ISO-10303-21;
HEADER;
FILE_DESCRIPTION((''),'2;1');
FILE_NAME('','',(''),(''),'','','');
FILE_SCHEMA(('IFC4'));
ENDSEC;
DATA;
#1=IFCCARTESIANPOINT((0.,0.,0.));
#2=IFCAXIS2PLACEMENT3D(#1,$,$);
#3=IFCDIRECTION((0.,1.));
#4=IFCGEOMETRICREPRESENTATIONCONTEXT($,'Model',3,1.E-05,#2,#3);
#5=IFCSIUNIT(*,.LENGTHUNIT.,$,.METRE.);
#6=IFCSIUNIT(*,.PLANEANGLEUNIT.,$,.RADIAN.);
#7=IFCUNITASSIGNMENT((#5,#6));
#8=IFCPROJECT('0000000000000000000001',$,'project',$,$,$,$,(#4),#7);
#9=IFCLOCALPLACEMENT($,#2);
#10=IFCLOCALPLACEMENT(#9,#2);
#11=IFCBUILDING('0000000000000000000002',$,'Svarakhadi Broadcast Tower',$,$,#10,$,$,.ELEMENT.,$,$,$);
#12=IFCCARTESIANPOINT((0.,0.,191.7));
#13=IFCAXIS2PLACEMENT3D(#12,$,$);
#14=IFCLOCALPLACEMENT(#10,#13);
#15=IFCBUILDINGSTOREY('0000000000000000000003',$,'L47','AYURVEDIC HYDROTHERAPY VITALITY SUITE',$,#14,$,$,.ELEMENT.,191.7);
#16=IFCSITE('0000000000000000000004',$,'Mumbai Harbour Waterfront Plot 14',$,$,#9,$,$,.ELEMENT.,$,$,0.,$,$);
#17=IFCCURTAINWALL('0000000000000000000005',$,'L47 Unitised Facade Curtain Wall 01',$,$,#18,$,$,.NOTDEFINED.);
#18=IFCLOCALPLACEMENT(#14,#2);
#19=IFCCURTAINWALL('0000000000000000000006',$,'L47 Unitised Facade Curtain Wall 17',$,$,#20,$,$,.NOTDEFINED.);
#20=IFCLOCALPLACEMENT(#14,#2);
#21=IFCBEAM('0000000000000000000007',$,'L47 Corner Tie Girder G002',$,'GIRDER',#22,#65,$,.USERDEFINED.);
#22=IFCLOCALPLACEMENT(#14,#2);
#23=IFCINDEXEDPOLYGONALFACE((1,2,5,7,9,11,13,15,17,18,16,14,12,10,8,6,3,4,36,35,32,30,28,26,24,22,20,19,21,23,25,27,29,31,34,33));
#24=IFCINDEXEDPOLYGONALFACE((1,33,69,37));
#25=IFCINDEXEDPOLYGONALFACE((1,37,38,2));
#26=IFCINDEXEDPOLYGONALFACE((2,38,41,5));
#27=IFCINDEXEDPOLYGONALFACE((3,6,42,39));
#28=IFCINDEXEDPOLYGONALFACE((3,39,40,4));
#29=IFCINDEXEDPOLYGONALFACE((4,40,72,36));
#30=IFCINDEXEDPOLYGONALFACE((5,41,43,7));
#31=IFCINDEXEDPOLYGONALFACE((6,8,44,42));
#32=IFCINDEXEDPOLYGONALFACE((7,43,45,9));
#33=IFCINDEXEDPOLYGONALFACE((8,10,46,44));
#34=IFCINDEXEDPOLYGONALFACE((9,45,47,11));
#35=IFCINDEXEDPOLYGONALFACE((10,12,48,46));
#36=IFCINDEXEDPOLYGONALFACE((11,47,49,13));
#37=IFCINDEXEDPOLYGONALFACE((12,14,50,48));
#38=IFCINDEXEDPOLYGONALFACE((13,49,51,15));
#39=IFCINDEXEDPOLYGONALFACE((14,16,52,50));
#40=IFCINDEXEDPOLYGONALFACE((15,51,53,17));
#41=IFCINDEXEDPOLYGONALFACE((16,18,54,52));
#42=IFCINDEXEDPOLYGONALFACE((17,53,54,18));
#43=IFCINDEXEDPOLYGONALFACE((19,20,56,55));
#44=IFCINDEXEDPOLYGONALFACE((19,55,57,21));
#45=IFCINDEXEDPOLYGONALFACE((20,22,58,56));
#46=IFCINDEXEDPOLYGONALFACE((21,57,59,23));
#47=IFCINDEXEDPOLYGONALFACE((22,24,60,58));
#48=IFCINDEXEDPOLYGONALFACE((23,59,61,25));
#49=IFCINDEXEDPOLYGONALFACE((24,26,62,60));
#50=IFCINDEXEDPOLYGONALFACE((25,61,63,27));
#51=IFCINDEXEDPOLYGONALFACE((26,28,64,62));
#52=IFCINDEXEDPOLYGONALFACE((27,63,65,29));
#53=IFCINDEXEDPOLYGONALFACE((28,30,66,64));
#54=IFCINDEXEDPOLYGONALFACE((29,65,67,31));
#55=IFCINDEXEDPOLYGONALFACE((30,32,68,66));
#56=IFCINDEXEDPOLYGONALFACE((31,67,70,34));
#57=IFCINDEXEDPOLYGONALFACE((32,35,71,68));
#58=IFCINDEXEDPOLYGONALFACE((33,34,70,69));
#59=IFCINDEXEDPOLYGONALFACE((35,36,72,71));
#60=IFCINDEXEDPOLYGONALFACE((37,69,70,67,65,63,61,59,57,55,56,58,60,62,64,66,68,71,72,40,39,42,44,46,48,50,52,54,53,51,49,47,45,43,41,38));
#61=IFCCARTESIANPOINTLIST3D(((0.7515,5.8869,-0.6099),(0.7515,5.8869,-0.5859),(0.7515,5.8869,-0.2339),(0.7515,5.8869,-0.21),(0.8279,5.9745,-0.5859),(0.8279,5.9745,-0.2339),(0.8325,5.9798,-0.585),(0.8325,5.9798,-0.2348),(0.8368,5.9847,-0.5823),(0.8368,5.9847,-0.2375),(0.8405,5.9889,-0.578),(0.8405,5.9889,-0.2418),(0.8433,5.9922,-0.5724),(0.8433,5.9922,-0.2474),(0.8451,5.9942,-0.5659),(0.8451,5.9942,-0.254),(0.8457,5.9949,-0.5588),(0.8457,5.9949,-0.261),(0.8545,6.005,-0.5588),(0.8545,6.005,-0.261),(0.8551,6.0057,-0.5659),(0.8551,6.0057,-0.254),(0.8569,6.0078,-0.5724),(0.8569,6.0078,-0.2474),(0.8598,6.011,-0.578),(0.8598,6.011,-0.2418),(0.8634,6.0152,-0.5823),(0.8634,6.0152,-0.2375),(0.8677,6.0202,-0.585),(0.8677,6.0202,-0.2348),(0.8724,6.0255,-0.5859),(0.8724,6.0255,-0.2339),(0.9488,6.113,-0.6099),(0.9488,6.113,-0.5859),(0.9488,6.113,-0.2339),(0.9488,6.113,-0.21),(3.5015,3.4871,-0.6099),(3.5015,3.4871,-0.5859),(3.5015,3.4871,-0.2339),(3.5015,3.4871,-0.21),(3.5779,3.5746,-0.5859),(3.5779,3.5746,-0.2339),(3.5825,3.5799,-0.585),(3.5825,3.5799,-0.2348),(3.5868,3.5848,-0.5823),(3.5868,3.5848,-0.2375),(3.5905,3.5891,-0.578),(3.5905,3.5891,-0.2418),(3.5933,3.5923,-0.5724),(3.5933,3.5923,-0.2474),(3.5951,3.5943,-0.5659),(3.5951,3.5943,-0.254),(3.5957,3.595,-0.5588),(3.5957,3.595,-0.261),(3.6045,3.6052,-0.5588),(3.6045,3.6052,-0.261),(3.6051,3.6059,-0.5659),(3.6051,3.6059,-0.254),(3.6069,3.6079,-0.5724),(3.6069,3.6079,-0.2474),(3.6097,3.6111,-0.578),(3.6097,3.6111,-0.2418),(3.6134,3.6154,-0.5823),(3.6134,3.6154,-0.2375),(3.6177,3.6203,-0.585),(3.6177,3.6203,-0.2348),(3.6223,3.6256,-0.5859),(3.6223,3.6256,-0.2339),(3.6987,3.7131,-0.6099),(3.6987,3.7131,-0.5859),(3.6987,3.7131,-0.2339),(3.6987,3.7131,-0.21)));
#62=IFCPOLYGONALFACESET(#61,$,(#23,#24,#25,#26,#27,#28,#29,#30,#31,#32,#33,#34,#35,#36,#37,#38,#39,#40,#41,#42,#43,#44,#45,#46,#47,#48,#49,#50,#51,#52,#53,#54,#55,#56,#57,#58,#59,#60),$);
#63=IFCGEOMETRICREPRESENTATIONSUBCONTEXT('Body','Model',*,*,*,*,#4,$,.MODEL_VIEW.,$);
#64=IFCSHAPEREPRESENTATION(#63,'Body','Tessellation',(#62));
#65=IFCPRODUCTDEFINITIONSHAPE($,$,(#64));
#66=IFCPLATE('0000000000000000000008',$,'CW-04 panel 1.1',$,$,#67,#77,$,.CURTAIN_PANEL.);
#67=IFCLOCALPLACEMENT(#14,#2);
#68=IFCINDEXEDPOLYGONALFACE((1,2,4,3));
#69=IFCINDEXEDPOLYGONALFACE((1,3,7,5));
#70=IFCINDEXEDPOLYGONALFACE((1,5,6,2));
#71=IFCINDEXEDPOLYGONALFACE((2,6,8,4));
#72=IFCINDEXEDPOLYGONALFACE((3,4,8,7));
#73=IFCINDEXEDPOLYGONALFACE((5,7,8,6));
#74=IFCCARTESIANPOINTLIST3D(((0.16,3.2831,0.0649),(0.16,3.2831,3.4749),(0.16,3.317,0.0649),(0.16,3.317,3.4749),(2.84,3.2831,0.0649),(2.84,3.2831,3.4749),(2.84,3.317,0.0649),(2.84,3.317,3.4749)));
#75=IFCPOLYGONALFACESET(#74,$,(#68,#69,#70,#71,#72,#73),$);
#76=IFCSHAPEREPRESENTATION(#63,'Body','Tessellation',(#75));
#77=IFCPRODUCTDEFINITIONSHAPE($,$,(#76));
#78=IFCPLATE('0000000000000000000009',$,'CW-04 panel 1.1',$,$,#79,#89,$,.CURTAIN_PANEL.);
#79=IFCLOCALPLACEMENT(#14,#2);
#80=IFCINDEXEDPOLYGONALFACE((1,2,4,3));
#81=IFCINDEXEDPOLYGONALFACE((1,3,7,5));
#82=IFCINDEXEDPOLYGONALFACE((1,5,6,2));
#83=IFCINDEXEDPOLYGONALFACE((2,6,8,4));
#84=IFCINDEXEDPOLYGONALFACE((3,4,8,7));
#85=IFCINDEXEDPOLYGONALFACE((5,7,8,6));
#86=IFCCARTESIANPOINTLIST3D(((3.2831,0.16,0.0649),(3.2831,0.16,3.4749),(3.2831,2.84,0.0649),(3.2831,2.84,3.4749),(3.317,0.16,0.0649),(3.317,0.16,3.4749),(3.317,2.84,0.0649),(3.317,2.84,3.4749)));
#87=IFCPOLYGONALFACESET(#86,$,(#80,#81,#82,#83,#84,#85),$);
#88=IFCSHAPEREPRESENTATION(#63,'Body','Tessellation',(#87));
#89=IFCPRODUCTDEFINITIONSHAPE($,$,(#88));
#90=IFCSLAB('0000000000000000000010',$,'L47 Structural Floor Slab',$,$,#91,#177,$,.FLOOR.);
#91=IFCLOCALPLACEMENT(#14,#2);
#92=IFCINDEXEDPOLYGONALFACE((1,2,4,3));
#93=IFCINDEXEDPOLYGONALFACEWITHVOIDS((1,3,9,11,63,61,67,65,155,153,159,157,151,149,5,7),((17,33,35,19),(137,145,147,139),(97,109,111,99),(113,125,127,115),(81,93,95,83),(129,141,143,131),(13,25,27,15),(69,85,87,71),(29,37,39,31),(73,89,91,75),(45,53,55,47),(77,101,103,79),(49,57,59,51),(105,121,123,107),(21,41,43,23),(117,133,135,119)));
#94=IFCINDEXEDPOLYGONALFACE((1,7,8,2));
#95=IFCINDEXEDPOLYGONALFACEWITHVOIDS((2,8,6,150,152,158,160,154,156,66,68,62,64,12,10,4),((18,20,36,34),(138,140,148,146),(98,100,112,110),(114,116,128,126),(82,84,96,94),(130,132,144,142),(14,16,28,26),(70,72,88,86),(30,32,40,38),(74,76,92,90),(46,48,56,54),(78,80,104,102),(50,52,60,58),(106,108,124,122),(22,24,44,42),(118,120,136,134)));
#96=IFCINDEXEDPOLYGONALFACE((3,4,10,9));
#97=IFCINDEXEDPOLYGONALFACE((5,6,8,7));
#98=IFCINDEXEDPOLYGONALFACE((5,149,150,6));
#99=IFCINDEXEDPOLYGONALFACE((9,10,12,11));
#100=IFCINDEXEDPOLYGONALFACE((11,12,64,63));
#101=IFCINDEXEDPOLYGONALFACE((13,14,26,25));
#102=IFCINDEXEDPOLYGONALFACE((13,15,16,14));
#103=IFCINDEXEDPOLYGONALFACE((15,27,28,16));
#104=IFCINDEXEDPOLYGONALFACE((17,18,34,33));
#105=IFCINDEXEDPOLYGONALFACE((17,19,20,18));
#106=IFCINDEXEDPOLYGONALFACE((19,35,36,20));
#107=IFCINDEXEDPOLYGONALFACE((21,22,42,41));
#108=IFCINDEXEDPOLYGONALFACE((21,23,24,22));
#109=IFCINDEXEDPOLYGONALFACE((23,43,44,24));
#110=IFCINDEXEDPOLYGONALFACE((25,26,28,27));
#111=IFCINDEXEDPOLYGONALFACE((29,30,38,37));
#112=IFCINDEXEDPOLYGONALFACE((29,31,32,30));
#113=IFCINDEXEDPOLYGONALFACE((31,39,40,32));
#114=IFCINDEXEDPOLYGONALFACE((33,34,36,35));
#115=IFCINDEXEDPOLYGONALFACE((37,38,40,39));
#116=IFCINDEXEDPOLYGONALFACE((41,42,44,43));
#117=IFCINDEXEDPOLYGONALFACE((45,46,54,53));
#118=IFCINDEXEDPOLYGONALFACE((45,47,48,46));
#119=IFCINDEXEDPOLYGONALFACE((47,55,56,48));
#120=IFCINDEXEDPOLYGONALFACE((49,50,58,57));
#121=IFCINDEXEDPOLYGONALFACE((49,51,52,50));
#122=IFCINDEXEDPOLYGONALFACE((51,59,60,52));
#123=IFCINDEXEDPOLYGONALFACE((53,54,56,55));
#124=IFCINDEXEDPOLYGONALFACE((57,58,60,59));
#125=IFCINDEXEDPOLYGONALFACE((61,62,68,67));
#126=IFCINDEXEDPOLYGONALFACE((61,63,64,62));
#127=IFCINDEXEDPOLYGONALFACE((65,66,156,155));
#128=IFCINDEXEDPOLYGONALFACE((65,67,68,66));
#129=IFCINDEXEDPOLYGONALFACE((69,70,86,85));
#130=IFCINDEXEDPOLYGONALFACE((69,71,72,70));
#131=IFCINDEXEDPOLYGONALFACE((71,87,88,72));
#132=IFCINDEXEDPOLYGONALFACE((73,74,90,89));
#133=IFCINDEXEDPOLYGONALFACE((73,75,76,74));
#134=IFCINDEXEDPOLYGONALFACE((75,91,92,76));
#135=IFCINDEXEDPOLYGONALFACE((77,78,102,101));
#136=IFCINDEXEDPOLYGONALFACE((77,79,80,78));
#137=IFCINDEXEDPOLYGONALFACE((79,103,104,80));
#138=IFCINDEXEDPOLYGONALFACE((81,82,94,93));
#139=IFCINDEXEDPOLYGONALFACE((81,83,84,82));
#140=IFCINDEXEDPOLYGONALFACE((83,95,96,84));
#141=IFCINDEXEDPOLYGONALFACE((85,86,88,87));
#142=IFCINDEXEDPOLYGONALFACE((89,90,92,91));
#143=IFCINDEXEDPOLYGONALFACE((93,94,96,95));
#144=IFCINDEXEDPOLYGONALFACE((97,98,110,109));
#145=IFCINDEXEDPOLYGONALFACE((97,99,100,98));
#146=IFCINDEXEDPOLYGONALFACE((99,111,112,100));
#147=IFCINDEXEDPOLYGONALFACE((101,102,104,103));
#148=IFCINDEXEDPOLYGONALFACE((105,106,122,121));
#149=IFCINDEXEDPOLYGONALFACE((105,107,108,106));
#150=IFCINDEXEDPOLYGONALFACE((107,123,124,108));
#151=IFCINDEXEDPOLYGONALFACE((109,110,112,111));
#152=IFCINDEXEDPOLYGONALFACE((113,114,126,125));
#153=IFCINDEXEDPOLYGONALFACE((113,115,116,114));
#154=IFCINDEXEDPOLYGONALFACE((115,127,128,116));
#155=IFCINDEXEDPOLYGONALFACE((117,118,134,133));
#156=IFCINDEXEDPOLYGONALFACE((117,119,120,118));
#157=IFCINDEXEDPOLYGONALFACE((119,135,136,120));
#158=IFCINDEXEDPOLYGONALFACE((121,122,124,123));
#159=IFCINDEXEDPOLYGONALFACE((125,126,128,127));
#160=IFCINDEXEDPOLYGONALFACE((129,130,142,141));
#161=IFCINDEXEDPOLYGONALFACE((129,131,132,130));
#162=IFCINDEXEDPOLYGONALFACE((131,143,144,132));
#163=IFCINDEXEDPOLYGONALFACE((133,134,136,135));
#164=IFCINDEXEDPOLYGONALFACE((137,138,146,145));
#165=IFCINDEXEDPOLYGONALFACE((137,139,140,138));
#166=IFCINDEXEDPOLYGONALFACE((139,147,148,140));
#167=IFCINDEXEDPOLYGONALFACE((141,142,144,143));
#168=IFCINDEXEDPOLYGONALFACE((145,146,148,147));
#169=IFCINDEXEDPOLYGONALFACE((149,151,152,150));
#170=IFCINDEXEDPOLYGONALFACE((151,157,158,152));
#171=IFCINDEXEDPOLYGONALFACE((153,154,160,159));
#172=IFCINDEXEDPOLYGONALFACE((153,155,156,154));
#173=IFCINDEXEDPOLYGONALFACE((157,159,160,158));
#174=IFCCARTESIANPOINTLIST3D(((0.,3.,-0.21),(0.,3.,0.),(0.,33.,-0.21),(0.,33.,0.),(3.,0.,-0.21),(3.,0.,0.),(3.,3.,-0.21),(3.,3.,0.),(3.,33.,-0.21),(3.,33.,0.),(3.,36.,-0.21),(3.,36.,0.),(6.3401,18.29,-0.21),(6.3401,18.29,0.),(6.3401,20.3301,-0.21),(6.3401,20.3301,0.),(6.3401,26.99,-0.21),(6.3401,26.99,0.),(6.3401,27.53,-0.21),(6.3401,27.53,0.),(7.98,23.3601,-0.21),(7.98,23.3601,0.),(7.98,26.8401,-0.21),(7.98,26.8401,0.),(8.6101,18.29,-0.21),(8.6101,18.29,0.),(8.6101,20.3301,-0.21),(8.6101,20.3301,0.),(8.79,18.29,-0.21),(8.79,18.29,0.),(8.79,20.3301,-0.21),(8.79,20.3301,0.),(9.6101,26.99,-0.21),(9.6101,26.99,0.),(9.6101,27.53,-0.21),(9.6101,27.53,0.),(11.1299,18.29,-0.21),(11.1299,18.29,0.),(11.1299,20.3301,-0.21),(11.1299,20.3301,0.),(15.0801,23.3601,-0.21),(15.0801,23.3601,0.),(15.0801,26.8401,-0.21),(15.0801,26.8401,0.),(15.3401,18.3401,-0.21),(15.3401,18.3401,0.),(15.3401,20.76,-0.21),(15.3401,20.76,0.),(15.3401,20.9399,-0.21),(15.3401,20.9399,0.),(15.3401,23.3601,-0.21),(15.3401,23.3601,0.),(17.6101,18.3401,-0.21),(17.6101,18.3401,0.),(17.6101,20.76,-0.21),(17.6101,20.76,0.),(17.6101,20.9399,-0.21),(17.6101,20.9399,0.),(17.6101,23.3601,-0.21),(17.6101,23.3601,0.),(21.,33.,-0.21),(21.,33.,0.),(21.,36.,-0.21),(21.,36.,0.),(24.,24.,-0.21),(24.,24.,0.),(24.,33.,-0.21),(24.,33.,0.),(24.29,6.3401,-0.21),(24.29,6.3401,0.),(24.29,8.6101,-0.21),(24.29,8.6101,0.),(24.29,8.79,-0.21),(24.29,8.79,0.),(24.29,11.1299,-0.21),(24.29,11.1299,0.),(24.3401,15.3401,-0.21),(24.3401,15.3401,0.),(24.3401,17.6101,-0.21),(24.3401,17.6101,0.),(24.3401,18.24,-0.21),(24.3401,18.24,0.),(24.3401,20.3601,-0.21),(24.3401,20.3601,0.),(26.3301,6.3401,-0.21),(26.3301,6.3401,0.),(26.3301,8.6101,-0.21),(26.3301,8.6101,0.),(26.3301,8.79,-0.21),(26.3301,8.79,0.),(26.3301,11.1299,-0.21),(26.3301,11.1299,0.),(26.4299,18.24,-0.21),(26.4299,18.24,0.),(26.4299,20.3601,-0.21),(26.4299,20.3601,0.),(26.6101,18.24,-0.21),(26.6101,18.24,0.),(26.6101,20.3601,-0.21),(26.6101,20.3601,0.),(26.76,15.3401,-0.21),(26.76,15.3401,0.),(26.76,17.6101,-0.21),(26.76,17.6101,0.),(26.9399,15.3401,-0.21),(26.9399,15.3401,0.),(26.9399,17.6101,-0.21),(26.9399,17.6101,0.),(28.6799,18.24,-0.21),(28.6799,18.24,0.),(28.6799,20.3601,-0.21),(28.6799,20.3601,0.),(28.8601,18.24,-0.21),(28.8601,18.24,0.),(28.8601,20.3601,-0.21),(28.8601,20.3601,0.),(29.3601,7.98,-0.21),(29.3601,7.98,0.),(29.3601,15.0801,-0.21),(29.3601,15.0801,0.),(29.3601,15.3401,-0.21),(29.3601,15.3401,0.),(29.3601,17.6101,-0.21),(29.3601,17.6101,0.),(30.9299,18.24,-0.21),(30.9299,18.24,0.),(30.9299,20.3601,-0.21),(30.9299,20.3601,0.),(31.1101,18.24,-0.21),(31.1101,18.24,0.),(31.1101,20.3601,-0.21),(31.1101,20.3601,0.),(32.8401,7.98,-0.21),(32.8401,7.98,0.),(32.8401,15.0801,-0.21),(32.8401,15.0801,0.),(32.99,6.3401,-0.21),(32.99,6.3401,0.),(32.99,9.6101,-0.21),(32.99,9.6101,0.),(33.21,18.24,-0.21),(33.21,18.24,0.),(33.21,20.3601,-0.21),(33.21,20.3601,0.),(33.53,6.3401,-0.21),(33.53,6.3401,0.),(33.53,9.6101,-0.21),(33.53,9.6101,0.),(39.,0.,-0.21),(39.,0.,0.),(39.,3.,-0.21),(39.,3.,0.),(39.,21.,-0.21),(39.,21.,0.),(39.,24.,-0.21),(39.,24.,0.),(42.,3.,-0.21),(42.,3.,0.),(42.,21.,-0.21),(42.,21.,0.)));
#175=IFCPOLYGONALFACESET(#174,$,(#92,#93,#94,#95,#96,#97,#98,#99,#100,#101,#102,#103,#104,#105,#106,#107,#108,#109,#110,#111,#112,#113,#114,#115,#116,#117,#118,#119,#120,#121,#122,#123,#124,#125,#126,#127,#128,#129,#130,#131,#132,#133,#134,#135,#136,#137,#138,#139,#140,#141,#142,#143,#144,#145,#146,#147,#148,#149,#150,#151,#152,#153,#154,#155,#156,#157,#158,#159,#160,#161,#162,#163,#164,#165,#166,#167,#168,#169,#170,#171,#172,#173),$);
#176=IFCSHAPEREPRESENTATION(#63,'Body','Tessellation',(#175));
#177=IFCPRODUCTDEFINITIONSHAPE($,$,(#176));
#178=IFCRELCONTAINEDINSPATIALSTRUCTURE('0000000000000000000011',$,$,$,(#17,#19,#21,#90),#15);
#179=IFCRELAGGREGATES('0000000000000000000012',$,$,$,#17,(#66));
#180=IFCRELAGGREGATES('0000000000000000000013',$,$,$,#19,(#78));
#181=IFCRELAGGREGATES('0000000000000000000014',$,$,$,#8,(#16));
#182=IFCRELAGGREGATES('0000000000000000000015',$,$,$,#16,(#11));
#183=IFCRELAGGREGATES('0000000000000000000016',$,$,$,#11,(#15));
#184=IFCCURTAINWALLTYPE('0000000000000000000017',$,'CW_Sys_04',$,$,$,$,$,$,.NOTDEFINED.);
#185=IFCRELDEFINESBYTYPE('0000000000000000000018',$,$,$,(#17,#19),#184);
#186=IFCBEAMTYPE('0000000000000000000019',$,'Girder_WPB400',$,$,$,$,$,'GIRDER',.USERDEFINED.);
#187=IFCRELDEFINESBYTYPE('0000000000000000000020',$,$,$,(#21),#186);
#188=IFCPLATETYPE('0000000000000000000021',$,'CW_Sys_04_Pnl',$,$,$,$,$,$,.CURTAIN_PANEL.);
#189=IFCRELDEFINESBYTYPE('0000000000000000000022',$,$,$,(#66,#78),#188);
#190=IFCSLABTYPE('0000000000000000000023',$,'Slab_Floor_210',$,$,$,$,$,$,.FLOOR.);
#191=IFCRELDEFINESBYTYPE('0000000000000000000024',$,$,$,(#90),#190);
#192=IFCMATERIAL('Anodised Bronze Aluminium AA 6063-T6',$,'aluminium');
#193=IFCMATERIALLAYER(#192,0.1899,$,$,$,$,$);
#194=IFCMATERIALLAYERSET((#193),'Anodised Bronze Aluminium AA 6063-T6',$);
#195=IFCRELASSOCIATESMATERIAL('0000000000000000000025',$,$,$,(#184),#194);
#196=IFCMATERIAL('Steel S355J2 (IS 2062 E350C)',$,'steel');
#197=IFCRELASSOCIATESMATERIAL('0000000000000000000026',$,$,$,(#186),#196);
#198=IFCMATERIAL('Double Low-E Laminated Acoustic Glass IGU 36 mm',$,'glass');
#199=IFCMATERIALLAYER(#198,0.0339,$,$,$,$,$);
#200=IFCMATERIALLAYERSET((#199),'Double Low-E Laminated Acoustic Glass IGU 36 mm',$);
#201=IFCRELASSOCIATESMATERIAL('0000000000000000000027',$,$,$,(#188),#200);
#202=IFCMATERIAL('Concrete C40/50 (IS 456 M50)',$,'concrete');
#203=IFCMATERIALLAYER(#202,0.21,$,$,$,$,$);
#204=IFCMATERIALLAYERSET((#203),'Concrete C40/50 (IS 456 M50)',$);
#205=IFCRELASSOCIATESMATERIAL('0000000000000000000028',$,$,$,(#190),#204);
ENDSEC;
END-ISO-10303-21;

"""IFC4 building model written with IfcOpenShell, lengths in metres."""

from ifc_helpers import new_model, si_unit, direction, frame, origin, origin_2d, place, context, subcontext, project, spatial, polyline, rectangle, i_section, outline, extrude, material, layer, layer_set, material_profile, profile_set, type_object, element, aggregate, save


model = new_model("IFC4")

# Units and contexts
model_context = context("Model", 3, precision=1e-05, world=origin(), true_north=direction((0.0, 1.0)))
body_context = subcontext(model_context, "Body", "Model", "MODEL_VIEW")
ifc_project = project(units=[si_unit("LENGTHUNIT", "METRE"), si_unit("PLANEANGLEUNIT", "RADIAN")], contexts=[model_context])

# Site, building, storey
site_placement = place(None, origin())
site = spatial("IfcSite", under=ifc_project, at=site_placement, Name="Mumbai Harbour Waterfront Plot 14", CompositionType="ELEMENT", RefElevation=0.0)
building_placement = place(site_placement, origin())
building = spatial("IfcBuilding", under=site, at=building_placement, Name="Svarakhadi Broadcast Tower", CompositionType="ELEMENT")
storey_placement = place(building_placement, frame((0.0, 0.0, 191.7)))
storey = spatial("IfcBuildingStorey", under=building, at=storey_placement, Name="L47", Description="AYURVEDIC HYDROTHERAPY VITALITY SUITE", CompositionType="ELEMENT", Elevation=191.7)

# Curtain wall
ifc_material_1 = material(Name="Anodised Bronze Aluminium AA 6063-T6", Category="aluminium")
ifc_layer_1 = layer(ifc_material_1, 0.1899)
ifc_layer_set_1 = layer_set([ifc_layer_1], Name="Anodised Bronze Aluminium AA 6063-T6")
curtain_wall_type = type_object("IfcCurtainWallType", Name="CW_Sys_04", PredefinedType="NOTDEFINED", material=ifc_layer_set_1)
curtain_wall_1_placement = place(storey_placement, origin())
curtain_wall_1 = element("IfcCurtainWall", 1, at=curtain_wall_1_placement, inside=storey, type_object=curtain_wall_type, Name="L47 Unitised Facade Curtain Wall 01", PredefinedType="NOTDEFINED")

# Curtain wall
curtain_wall_2_placement = place(storey_placement, origin())
curtain_wall_2 = element("IfcCurtainWall", 2, at=curtain_wall_2_placement, inside=storey, type_object=curtain_wall_type, Name="L47 Unitised Facade Curtain Wall 17", PredefinedType="NOTDEFINED")

# Beam
ifc_material_2 = material(Name="Steel S355J2 (IS 2062 E350C)", Category="steel")
ifc_material_profile_1 = material_profile(ifc_material_2, i_section(OverallWidth=0.3, OverallDepth=0.3999, WebThickness=0.0134, FlangeThickness=0.0239, FilletRadius=0.0271, at=origin_2d()), Name="WPB 400x300x155")
ifc_profile_set_1 = profile_set([ifc_material_profile_1], Name="Steel S355J2 (IS 2062 E350C)")
beam_type = type_object("IfcBeamType", Name="Girder_WPB400", ElementType="GIRDER", PredefinedType="USERDEFINED", material=ifc_profile_set_1)
beam_1_placement = place(storey_placement, frame((3.6001, 3.6001, -0.4099), z_axis=(-0.753438, 0.657519, 0.0), x_axis=(-0.657519, -0.753438, 0.0)))
element("IfcBeam", 3, at=beam_1_placement, inside=storey, type_object=beam_type, Name="L47 Corner Tie Girder G002", ObjectType="GIRDER", PredefinedType="USERDEFINED", context=body_context, shape_type="SweptSolid", body=[
    extrude(i_section(OverallWidth=0.3, OverallDepth=0.3999, WebThickness=0.0134, FlangeThickness=0.0239, FilletRadius=0.0271, at=origin_2d()), origin(), (0.0, 0.0, 1.0), 3.6499),
])

# Plates
ifc_material_3 = material(Name="Double Low-E Laminated Acoustic Glass IGU 36 mm", Category="glass")
ifc_layer_2 = layer(ifc_material_3, 0.0339)
ifc_layer_set_2 = layer_set([ifc_layer_2], Name="Double Low-E Laminated Acoustic Glass IGU 36 mm")
plate_type = type_object("IfcPlateType", Name="CW_Sys_04_Pnl", PredefinedType="CURTAIN_PANEL", material=ifc_layer_set_2)
plate_1_placement = place(storey_placement, frame((1.5, 3.3, 0.0649), z_axis=(0.0, 0.0, 1.0), x_axis=(-1.0, 0.0, 0.0)))
plate_1 = element("IfcPlate", 4, at=plate_1_placement, type_object=plate_type, Name="CW-04 panel 1.1", PredefinedType="CURTAIN_PANEL", context=body_context, shape_type="SweptSolid", body=[
    extrude(rectangle(XDim=2.6799, YDim=0.0339, at=origin_2d()), origin(), (0.0, 0.0, 1.0), 3.4099),
])
aggregate(curtain_wall_1, [plate_1])
plate_2_placement = place(storey_placement, frame((3.3, 1.5, 0.0649), z_axis=(0.0, 0.0, 1.0), x_axis=(0.0, 1.0, 0.0)))
plate_2 = element("IfcPlate", 5, at=plate_2_placement, type_object=plate_type, Name="CW-04 panel 1.1", PredefinedType="CURTAIN_PANEL", context=body_context, shape_type="SweptSolid", body=[
    extrude(rectangle(XDim=2.6799, YDim=0.0339, at=origin_2d()), origin(), (0.0, 0.0, 1.0), 3.4099),
])
aggregate(curtain_wall_2, [plate_2])

# Slab
ifc_material_4 = material(Name="Concrete C40/50 (IS 456 M50)", Category="concrete")
ifc_layer_3 = layer(ifc_material_4, 0.21)
ifc_layer_set_3 = layer_set([ifc_layer_3], Name="Concrete C40/50 (IS 456 M50)")
slab_type_1 = type_object("IfcSlabType", Name="Slab_Floor_210", PredefinedType="FLOOR", material=ifc_layer_set_3)
slab_1_placement = place(storey_placement, frame((0.0, 0.0, -0.21)))
element("IfcSlab", 6, at=slab_1_placement, inside=storey, type_object=slab_type_1, Name="L47 Structural Floor Slab", PredefinedType="FLOOR", context=body_context, shape_type="SweptSolid", body=[
    extrude(outline(polyline([(3.0, 0.0), (39.0, 0.0), (39.0, 3.0), (42.0, 3.0), (42.0, 21.0), (39.0, 21.0), (39.0, 24.0), (24.0, 24.0), (24.0, 33.0), (21.0, 33.0), (21.0, 36.0), (3.0, 36.0), (3.0, 33.0), (0.0, 33.0), (0.0, 3.0), (3.0, 3.0), (3.0, 0.0)]), holes=[polyline([(7.98, 23.3601), (15.0801, 23.3601), (15.0801, 26.8401), (7.98, 26.8401), (7.98, 23.3601)]), polyline([(32.8401, 7.98), (32.8401, 15.0801), (29.3601, 15.0801), (29.3601, 7.98), (32.8401, 7.98)]), polyline([(6.3401, 18.29), (8.6101, 18.29), (8.6101, 20.3301), (6.3401, 20.3301), (6.3401, 18.29)]), polyline([(8.79, 18.29), (11.1299, 18.29), (11.1299, 20.3301), (8.79, 20.3301), (8.79, 18.29)]), polyline([(24.29, 6.3401), (26.3301, 6.3401), (26.3301, 8.6101), (24.29, 8.6101), (24.29, 6.3401)]), polyline([(24.29, 8.79), (26.3301, 8.79), (26.3301, 11.1299), (24.29, 11.1299), (24.29, 8.79)]), polyline([(6.3401, 26.99), (9.6101, 26.99), (9.6101, 27.53), (6.3401, 27.53), (6.3401, 26.99)]), polyline([(32.99, 6.3401), (33.53, 6.3401), (33.53, 9.6101), (32.99, 9.6101), (32.99, 6.3401)]), polyline([(15.3401, 18.3401), (17.6101, 18.3401), (17.6101, 20.76), (15.3401, 20.76), (15.3401, 18.3401)]), polyline([(15.3401, 20.9399), (17.6101, 20.9399), (17.6101, 23.3601), (15.3401, 23.3601), (15.3401, 20.9399)]), polyline([(24.3401, 15.3401), (26.76, 15.3401), (26.76, 17.6101), (24.3401, 17.6101), (24.3401, 15.3401)]), polyline([(26.9399, 15.3401), (29.3601, 15.3401), (29.3601, 17.6101), (26.9399, 17.6101), (26.9399, 15.3401)]), polyline([(24.3401, 18.24), (26.4299, 18.24), (26.4299, 20.3601), (24.3401, 20.3601), (24.3401, 18.24)]), polyline([(26.6101, 18.24), (28.6799, 18.24), (28.6799, 20.3601), (26.6101, 20.3601), (26.6101, 18.24)]), polyline([(28.8601, 18.24), (30.9299, 18.24), (30.9299, 20.3601), (28.8601, 20.3601), (28.8601, 18.24)]), polyline([(31.1101, 18.24), (33.21, 18.24), (33.21, 20.3601), (31.1101, 20.3601), (31.1101, 18.24)])]), origin(), (0.0, 0.0, 1.0), 0.21),
])

save(model, "model.ifc")
